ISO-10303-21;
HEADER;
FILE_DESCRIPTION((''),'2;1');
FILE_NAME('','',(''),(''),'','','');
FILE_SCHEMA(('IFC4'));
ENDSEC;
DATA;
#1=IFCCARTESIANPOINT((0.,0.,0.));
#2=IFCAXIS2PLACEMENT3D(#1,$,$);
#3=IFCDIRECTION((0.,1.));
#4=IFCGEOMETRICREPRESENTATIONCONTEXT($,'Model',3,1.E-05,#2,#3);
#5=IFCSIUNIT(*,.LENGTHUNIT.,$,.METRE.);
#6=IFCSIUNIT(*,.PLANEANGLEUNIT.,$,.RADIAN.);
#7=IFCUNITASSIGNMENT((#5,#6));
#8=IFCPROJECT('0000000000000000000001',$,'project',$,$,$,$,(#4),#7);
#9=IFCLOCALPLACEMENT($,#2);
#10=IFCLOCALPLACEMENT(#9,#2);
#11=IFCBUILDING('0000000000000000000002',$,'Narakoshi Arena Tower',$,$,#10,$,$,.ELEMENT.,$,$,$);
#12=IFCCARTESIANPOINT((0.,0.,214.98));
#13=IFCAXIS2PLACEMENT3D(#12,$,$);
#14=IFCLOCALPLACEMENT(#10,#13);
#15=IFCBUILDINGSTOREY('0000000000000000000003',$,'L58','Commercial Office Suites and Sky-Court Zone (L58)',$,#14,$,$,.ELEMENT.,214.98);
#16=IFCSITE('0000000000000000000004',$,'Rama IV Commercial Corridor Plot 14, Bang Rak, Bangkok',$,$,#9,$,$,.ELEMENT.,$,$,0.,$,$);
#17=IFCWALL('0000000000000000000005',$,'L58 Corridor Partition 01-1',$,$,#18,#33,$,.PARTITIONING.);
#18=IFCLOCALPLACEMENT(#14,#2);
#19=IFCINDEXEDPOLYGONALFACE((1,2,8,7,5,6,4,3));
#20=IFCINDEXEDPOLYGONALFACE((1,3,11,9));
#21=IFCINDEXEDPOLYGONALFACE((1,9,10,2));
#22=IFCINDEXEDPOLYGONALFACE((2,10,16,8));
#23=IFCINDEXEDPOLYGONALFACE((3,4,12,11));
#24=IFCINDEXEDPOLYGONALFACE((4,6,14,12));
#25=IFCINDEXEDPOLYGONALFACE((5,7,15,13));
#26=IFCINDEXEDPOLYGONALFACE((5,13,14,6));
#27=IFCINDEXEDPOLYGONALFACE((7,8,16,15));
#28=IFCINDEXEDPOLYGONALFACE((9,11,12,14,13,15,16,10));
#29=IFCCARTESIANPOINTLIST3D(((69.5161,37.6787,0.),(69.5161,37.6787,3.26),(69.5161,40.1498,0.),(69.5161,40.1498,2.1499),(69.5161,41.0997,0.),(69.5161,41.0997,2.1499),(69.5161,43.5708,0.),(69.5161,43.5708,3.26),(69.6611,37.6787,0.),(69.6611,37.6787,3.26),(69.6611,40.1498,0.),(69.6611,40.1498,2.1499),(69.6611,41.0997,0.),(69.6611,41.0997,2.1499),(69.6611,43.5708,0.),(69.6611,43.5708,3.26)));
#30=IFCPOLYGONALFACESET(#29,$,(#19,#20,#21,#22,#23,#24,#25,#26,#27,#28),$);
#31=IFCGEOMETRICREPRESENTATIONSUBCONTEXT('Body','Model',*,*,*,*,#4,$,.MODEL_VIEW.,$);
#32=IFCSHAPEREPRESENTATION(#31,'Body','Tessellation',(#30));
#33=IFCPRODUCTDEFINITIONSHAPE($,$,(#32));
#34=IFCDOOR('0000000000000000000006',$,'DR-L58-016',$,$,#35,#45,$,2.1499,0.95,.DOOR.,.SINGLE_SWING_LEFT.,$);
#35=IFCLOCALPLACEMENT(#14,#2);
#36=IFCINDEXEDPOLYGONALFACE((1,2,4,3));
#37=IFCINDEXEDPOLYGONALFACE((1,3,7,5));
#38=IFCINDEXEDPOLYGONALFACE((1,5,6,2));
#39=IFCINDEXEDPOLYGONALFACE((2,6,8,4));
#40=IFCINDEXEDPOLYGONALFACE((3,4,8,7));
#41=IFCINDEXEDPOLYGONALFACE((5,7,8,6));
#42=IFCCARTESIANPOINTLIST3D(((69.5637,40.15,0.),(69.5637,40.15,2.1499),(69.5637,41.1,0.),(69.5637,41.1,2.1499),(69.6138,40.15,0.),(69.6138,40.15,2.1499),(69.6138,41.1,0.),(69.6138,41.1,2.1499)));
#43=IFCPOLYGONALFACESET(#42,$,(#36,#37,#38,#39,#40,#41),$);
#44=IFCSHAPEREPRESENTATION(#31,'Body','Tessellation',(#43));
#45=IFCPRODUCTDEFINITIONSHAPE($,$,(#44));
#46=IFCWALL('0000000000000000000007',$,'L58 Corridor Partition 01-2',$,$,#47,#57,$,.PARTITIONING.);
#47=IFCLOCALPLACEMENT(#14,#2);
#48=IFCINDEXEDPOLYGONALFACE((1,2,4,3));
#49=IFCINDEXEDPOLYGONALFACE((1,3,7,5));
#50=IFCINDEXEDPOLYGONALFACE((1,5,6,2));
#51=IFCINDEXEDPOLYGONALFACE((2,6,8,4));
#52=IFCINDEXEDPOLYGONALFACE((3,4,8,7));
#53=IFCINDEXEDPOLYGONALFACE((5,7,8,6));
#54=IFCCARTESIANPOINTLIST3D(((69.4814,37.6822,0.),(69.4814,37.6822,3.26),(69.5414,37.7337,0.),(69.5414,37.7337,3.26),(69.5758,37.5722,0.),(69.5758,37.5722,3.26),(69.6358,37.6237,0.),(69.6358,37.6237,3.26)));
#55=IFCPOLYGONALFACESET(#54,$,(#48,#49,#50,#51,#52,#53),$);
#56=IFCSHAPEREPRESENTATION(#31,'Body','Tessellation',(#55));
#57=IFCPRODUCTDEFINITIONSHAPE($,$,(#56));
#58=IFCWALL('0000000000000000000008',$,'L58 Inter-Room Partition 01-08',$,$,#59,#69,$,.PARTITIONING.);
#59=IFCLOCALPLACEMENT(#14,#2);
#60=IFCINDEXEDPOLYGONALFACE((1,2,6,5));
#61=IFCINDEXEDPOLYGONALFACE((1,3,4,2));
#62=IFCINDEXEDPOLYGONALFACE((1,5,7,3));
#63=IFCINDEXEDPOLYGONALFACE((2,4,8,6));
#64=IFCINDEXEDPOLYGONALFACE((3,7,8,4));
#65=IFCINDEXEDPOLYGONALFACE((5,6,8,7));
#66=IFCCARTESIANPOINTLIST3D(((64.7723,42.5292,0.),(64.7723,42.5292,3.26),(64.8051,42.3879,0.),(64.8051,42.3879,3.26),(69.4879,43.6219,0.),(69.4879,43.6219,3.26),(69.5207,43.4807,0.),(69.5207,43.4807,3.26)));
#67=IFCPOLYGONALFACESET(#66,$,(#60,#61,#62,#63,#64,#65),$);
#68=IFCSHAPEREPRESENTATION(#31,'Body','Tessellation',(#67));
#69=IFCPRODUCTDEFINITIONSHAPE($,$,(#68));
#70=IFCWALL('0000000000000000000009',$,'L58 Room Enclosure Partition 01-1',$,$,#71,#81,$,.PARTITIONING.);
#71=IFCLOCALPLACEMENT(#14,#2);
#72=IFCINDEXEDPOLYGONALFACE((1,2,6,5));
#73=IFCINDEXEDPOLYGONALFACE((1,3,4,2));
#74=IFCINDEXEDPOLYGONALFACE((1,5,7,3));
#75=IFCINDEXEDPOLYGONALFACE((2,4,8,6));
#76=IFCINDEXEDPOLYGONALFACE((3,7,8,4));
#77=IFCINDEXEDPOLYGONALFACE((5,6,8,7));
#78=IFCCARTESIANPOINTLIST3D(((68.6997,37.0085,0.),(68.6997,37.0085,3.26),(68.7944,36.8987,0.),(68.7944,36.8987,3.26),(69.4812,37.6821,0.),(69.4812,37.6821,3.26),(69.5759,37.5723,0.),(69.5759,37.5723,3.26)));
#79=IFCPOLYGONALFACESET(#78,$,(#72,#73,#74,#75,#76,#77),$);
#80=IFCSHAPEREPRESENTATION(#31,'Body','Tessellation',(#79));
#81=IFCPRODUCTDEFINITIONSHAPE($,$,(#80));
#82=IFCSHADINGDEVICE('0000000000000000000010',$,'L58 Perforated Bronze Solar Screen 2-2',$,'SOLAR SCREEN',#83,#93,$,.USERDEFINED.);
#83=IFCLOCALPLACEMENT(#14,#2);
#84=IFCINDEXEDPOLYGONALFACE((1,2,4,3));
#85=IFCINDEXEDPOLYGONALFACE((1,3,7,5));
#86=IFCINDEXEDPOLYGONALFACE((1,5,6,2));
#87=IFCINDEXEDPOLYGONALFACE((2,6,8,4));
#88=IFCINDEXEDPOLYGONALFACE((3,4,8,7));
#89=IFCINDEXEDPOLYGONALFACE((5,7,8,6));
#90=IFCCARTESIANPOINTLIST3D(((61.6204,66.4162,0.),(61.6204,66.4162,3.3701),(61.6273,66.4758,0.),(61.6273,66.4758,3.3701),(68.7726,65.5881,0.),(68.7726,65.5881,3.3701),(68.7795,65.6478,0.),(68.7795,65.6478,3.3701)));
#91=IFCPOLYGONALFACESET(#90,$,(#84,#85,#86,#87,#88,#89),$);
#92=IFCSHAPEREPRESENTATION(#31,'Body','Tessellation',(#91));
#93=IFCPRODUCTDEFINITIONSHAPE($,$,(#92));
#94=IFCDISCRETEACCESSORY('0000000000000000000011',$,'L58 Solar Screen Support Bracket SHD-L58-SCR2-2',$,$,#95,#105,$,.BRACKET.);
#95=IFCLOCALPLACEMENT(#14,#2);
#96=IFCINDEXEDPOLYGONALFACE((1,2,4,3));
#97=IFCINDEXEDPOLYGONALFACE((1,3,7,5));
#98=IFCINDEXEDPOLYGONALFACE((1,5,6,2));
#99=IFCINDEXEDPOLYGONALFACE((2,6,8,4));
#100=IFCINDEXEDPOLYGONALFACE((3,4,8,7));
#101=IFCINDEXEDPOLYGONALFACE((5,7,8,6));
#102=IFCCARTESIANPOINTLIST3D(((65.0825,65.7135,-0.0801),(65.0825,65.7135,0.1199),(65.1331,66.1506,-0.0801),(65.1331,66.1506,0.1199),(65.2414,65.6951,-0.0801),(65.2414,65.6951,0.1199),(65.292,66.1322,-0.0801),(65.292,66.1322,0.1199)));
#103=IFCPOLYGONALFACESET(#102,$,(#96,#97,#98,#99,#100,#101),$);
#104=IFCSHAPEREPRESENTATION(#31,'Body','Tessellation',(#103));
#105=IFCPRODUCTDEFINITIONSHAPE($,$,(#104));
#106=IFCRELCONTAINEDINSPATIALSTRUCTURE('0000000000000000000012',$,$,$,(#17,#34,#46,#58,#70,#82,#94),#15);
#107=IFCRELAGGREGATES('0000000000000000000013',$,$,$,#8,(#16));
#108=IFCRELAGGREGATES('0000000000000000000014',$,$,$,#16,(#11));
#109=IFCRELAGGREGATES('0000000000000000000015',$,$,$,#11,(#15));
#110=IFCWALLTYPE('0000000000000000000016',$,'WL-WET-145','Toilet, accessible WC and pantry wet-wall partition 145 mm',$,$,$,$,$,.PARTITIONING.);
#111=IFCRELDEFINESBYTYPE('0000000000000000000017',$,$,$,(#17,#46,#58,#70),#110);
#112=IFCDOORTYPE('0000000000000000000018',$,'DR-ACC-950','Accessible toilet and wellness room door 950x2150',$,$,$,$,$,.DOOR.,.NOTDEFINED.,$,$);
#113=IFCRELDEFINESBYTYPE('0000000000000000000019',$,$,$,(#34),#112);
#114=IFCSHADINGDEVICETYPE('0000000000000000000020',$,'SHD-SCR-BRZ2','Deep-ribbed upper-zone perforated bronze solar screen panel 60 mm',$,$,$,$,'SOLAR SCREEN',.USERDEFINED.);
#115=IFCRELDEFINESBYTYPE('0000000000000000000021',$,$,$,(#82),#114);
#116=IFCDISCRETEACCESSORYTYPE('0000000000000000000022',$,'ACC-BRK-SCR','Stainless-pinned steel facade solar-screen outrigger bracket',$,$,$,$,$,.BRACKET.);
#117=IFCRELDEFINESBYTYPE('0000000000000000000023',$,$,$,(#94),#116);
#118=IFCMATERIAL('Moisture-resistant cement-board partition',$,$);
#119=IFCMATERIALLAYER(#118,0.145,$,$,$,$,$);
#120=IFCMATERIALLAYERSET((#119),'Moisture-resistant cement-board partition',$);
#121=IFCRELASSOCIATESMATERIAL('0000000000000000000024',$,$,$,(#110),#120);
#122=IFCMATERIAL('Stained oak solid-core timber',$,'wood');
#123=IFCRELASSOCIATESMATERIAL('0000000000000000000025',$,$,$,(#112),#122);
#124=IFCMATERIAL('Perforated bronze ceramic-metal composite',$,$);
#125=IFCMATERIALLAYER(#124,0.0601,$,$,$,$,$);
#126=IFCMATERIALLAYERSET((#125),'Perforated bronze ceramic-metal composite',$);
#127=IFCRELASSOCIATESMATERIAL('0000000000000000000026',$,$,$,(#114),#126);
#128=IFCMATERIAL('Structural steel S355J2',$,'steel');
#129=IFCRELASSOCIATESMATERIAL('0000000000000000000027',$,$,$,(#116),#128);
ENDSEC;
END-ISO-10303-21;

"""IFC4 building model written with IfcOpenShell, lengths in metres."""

from ifc_helpers import new_model, si_unit, direction, frame, frame_2d, origin, origin_2d, place, context, subcontext, project, spatial, rectangle, extrude, material, layer, layer_set, type_object, element, fill, save


model = new_model("IFC4")

# Units and contexts
model_context = context("Model", 3, precision=1e-05, world=origin(), true_north=direction((0.0, 1.0)))
body_context = subcontext(model_context, "Body", "Model", "MODEL_VIEW")
ifc_project = project(units=[si_unit("LENGTHUNIT", "METRE"), si_unit("PLANEANGLEUNIT", "RADIAN")], contexts=[model_context])

# Site, building, storey
site_placement = place(None, origin())
site = spatial("IfcSite", under=ifc_project, at=site_placement, Name="Rama IV Commercial Corridor Plot 14, Bang Rak, Bangkok", CompositionType="ELEMENT", RefElevation=0.0)
building_placement = place(site_placement, origin())
building = spatial("IfcBuilding", under=site, at=building_placement, Name="Narakoshi Arena Tower", CompositionType="ELEMENT")
storey_placement = place(building_placement, frame((0.0, 0.0, 214.98)))
storey = spatial("IfcBuildingStorey", under=building, at=storey_placement, Name="L58", Description="Commercial Office Suites and Sky-Court Zone (L58)", CompositionType="ELEMENT", Elevation=214.98)

# Shared definitions
ifc_material_1 = material(Name="Structural steel S355J2", Category="steel")

# Shared definitions
ifc_material_2 = material(Name="Stained oak solid-core timber", Category="wood")

# Wall, opening, door
ifc_material_3 = material(Name="Moisture-resistant cement-board partition")
ifc_layer_1 = layer(ifc_material_3, 0.145)
ifc_layer_set_1 = layer_set([ifc_layer_1], Name="Moisture-resistant cement-board partition")
wall_type_1 = type_object("IfcWallType", Name="WL-WET-145", Description="Toilet, accessible WC and pantry wet-wall partition 145 mm", PredefinedType="PARTITIONING", material=ifc_layer_set_1)
wall_1_placement = place(storey_placement, frame((69.5886, 43.5708, 0.0), z_axis=(0.0, 0.0, 1.0), x_axis=(0.0, -1.0, 0.0)))
wall_1 = element("IfcWall", 1, at=wall_1_placement, inside=storey, type_object=wall_type_1, Name="L58 Corridor Partition 01-1", PredefinedType="PARTITIONING", context=body_context, shape_type="SweptSolid", body=[
    extrude(rectangle(XDim=5.8921, YDim=0.145, at=frame_2d((2.946, 0.0))), origin(), (0.0, 0.0, 1.0), 3.26),
])
opening_1_placement = place(wall_1_placement, frame((2.4709, 0.0, 0.0)))
opening_1 = element("IfcOpeningElement", 2, at=opening_1_placement, cuts=wall_1, PredefinedType="OPENING", context=body_context, shape_type="SweptSolid", body=[
    extrude(rectangle(XDim=0.95, YDim=2.1499, at=frame_2d((0.4751, 1.075))), frame((0.0, 0.0825, 0.0), z_axis=(0.0, -1.0, 0.0), x_axis=(1.0, 0.0, 0.0)), (0.0, 0.0, 1.0), 0.165),
])
door_type_1 = type_object("IfcDoorType", Name="DR-ACC-950", Description="Accessible toilet and wellness room door 950x2150", OperationType="NOTDEFINED", PredefinedType="DOOR", material=ifc_material_2)
door_1_placement = place(opening_1_placement, frame((0.95, 0.0, 0.0), z_axis=(0.0, 0.0, 1.0), x_axis=(-1.0, 0.0, 0.0)))
door_1 = element("IfcDoor", 3, at=door_1_placement, inside=storey, type_object=door_type_1, Name="DR-L58-016", OperationType="SINGLE_SWING_LEFT", OverallHeight=2.1499, OverallWidth=0.95, PredefinedType="DOOR", context=body_context, shape_type="SweptSolid", body=[
    extrude(rectangle(XDim=0.95, YDim=2.1499, at=frame_2d((0.4751, 1.075))), frame((0.0, 0.0249, 0.0), z_axis=(0.0, -1.0, 0.0), x_axis=(1.0, 0.0, 0.0)), (0.0, 0.0, 1.0), 0.05),
])
fill(opening_1, door_1)

# Walls
wall_2_placement = place(storey_placement, frame((69.5886, 37.6787, 0.0), z_axis=(0.0, 0.0, 1.0), x_axis=(-0.759039, -0.651045, 0.0)))
element("IfcWall", 4, at=wall_2_placement, inside=storey, type_object=wall_type_1, Name="L58 Corridor Partition 01-2", PredefinedType="PARTITIONING", context=body_context, shape_type="SweptSolid", body=[
    extrude(rectangle(XDim=0.0791, YDim=0.145, at=frame_2d((0.0396, 0.0))), origin(), (0.0, 0.0, 1.0), 3.26),
])
wall_3_placement = place(storey_placement, frame((64.7886, 42.4585, 0.0), z_axis=(0.0, 0.0, 1.0), x_axis=(0.974184, 0.225755, 0.0)))
element("IfcWall", 5, at=wall_3_placement, inside=storey, type_object=wall_type_1, Name="L58 Inter-Room Partition 01-08", PredefinedType="PARTITIONING", context=body_context, shape_type="SweptSolid", body=[
    extrude(rectangle(XDim=4.8406, YDim=0.145, at=frame_2d((2.4204, 0.0))), origin(), (0.0, 0.0, 1.0), 3.26),
])
wall_4_placement = place(storey_placement, frame((69.5286, 37.6272, 0.0), z_axis=(0.0, 0.0, 1.0), x_axis=(-0.757466, -0.652874, 0.0)))
element("IfcWall", 6, at=wall_4_placement, inside=storey, type_object=wall_type_1, Name="L58 Room Enclosure Partition 01-1", PredefinedType="PARTITIONING", context=body_context, shape_type="SweptSolid", body=[
    extrude(rectangle(XDim=1.0317, YDim=0.145, at=frame_2d((0.5159, 0.0))), origin(), (0.0, 0.0, 1.0), 3.26),
])

# Shading device
ifc_material_4 = material(Name="Perforated bronze ceramic-metal composite")
ifc_layer_2 = layer(ifc_material_4, 0.0601)
ifc_layer_set_2 = layer_set([ifc_layer_2], Name="Perforated bronze ceramic-metal composite")
shading_device_type = type_object("IfcShadingDeviceType", Name="SHD-SCR-BRZ2", Description="Deep-ribbed upper-zone perforated bronze solar screen panel 60 mm", ElementType="SOLAR SCREEN", PredefinedType="USERDEFINED", material=ifc_layer_set_2)
shading_device_placement = place(storey_placement, frame((65.2, 66.032, 0.0), z_axis=(0.0, 0.0, 1.0), x_axis=(-0.993365, 0.115007, 0.0)))
element("IfcShadingDevice", 7, at=shading_device_placement, inside=storey, type_object=shading_device_type, Name="L58 Perforated Bronze Solar Screen 2-2", ObjectType="SOLAR SCREEN", PredefinedType="USERDEFINED", context=body_context, shape_type="SweptSolid", body=[
    extrude(rectangle(XDim=7.2, YDim=0.0601, at=origin_2d()), origin(), (0.0, 0.0, 1.0), 3.3701),
])

# Discrete accessory
discrete_accessory_type = type_object("IfcDiscreteAccessoryType", Name="ACC-BRK-SCR", Description="Stainless-pinned steel facade solar-screen outrigger bracket", PredefinedType="BRACKET", material=ifc_material_1)
discrete_accessory_placement = place(storey_placement, frame((65.1873, 65.9229, -0.0801), z_axis=(0.0, 0.0, 1.0), x_axis=(-0.993365, 0.115007, 0.0)))
element("IfcDiscreteAccessory", 8, at=discrete_accessory_placement, inside=storey, type_object=discrete_accessory_type, Name="L58 Solar Screen Support Bracket SHD-L58-SCR2-2", PredefinedType="BRACKET", context=body_context, shape_type="SweptSolid", body=[
    extrude(rectangle(XDim=0.1599, YDim=0.4399, at=origin_2d()), origin(), (0.0, 0.0, 1.0), 0.2),
])

save(model, "model.ifc")
